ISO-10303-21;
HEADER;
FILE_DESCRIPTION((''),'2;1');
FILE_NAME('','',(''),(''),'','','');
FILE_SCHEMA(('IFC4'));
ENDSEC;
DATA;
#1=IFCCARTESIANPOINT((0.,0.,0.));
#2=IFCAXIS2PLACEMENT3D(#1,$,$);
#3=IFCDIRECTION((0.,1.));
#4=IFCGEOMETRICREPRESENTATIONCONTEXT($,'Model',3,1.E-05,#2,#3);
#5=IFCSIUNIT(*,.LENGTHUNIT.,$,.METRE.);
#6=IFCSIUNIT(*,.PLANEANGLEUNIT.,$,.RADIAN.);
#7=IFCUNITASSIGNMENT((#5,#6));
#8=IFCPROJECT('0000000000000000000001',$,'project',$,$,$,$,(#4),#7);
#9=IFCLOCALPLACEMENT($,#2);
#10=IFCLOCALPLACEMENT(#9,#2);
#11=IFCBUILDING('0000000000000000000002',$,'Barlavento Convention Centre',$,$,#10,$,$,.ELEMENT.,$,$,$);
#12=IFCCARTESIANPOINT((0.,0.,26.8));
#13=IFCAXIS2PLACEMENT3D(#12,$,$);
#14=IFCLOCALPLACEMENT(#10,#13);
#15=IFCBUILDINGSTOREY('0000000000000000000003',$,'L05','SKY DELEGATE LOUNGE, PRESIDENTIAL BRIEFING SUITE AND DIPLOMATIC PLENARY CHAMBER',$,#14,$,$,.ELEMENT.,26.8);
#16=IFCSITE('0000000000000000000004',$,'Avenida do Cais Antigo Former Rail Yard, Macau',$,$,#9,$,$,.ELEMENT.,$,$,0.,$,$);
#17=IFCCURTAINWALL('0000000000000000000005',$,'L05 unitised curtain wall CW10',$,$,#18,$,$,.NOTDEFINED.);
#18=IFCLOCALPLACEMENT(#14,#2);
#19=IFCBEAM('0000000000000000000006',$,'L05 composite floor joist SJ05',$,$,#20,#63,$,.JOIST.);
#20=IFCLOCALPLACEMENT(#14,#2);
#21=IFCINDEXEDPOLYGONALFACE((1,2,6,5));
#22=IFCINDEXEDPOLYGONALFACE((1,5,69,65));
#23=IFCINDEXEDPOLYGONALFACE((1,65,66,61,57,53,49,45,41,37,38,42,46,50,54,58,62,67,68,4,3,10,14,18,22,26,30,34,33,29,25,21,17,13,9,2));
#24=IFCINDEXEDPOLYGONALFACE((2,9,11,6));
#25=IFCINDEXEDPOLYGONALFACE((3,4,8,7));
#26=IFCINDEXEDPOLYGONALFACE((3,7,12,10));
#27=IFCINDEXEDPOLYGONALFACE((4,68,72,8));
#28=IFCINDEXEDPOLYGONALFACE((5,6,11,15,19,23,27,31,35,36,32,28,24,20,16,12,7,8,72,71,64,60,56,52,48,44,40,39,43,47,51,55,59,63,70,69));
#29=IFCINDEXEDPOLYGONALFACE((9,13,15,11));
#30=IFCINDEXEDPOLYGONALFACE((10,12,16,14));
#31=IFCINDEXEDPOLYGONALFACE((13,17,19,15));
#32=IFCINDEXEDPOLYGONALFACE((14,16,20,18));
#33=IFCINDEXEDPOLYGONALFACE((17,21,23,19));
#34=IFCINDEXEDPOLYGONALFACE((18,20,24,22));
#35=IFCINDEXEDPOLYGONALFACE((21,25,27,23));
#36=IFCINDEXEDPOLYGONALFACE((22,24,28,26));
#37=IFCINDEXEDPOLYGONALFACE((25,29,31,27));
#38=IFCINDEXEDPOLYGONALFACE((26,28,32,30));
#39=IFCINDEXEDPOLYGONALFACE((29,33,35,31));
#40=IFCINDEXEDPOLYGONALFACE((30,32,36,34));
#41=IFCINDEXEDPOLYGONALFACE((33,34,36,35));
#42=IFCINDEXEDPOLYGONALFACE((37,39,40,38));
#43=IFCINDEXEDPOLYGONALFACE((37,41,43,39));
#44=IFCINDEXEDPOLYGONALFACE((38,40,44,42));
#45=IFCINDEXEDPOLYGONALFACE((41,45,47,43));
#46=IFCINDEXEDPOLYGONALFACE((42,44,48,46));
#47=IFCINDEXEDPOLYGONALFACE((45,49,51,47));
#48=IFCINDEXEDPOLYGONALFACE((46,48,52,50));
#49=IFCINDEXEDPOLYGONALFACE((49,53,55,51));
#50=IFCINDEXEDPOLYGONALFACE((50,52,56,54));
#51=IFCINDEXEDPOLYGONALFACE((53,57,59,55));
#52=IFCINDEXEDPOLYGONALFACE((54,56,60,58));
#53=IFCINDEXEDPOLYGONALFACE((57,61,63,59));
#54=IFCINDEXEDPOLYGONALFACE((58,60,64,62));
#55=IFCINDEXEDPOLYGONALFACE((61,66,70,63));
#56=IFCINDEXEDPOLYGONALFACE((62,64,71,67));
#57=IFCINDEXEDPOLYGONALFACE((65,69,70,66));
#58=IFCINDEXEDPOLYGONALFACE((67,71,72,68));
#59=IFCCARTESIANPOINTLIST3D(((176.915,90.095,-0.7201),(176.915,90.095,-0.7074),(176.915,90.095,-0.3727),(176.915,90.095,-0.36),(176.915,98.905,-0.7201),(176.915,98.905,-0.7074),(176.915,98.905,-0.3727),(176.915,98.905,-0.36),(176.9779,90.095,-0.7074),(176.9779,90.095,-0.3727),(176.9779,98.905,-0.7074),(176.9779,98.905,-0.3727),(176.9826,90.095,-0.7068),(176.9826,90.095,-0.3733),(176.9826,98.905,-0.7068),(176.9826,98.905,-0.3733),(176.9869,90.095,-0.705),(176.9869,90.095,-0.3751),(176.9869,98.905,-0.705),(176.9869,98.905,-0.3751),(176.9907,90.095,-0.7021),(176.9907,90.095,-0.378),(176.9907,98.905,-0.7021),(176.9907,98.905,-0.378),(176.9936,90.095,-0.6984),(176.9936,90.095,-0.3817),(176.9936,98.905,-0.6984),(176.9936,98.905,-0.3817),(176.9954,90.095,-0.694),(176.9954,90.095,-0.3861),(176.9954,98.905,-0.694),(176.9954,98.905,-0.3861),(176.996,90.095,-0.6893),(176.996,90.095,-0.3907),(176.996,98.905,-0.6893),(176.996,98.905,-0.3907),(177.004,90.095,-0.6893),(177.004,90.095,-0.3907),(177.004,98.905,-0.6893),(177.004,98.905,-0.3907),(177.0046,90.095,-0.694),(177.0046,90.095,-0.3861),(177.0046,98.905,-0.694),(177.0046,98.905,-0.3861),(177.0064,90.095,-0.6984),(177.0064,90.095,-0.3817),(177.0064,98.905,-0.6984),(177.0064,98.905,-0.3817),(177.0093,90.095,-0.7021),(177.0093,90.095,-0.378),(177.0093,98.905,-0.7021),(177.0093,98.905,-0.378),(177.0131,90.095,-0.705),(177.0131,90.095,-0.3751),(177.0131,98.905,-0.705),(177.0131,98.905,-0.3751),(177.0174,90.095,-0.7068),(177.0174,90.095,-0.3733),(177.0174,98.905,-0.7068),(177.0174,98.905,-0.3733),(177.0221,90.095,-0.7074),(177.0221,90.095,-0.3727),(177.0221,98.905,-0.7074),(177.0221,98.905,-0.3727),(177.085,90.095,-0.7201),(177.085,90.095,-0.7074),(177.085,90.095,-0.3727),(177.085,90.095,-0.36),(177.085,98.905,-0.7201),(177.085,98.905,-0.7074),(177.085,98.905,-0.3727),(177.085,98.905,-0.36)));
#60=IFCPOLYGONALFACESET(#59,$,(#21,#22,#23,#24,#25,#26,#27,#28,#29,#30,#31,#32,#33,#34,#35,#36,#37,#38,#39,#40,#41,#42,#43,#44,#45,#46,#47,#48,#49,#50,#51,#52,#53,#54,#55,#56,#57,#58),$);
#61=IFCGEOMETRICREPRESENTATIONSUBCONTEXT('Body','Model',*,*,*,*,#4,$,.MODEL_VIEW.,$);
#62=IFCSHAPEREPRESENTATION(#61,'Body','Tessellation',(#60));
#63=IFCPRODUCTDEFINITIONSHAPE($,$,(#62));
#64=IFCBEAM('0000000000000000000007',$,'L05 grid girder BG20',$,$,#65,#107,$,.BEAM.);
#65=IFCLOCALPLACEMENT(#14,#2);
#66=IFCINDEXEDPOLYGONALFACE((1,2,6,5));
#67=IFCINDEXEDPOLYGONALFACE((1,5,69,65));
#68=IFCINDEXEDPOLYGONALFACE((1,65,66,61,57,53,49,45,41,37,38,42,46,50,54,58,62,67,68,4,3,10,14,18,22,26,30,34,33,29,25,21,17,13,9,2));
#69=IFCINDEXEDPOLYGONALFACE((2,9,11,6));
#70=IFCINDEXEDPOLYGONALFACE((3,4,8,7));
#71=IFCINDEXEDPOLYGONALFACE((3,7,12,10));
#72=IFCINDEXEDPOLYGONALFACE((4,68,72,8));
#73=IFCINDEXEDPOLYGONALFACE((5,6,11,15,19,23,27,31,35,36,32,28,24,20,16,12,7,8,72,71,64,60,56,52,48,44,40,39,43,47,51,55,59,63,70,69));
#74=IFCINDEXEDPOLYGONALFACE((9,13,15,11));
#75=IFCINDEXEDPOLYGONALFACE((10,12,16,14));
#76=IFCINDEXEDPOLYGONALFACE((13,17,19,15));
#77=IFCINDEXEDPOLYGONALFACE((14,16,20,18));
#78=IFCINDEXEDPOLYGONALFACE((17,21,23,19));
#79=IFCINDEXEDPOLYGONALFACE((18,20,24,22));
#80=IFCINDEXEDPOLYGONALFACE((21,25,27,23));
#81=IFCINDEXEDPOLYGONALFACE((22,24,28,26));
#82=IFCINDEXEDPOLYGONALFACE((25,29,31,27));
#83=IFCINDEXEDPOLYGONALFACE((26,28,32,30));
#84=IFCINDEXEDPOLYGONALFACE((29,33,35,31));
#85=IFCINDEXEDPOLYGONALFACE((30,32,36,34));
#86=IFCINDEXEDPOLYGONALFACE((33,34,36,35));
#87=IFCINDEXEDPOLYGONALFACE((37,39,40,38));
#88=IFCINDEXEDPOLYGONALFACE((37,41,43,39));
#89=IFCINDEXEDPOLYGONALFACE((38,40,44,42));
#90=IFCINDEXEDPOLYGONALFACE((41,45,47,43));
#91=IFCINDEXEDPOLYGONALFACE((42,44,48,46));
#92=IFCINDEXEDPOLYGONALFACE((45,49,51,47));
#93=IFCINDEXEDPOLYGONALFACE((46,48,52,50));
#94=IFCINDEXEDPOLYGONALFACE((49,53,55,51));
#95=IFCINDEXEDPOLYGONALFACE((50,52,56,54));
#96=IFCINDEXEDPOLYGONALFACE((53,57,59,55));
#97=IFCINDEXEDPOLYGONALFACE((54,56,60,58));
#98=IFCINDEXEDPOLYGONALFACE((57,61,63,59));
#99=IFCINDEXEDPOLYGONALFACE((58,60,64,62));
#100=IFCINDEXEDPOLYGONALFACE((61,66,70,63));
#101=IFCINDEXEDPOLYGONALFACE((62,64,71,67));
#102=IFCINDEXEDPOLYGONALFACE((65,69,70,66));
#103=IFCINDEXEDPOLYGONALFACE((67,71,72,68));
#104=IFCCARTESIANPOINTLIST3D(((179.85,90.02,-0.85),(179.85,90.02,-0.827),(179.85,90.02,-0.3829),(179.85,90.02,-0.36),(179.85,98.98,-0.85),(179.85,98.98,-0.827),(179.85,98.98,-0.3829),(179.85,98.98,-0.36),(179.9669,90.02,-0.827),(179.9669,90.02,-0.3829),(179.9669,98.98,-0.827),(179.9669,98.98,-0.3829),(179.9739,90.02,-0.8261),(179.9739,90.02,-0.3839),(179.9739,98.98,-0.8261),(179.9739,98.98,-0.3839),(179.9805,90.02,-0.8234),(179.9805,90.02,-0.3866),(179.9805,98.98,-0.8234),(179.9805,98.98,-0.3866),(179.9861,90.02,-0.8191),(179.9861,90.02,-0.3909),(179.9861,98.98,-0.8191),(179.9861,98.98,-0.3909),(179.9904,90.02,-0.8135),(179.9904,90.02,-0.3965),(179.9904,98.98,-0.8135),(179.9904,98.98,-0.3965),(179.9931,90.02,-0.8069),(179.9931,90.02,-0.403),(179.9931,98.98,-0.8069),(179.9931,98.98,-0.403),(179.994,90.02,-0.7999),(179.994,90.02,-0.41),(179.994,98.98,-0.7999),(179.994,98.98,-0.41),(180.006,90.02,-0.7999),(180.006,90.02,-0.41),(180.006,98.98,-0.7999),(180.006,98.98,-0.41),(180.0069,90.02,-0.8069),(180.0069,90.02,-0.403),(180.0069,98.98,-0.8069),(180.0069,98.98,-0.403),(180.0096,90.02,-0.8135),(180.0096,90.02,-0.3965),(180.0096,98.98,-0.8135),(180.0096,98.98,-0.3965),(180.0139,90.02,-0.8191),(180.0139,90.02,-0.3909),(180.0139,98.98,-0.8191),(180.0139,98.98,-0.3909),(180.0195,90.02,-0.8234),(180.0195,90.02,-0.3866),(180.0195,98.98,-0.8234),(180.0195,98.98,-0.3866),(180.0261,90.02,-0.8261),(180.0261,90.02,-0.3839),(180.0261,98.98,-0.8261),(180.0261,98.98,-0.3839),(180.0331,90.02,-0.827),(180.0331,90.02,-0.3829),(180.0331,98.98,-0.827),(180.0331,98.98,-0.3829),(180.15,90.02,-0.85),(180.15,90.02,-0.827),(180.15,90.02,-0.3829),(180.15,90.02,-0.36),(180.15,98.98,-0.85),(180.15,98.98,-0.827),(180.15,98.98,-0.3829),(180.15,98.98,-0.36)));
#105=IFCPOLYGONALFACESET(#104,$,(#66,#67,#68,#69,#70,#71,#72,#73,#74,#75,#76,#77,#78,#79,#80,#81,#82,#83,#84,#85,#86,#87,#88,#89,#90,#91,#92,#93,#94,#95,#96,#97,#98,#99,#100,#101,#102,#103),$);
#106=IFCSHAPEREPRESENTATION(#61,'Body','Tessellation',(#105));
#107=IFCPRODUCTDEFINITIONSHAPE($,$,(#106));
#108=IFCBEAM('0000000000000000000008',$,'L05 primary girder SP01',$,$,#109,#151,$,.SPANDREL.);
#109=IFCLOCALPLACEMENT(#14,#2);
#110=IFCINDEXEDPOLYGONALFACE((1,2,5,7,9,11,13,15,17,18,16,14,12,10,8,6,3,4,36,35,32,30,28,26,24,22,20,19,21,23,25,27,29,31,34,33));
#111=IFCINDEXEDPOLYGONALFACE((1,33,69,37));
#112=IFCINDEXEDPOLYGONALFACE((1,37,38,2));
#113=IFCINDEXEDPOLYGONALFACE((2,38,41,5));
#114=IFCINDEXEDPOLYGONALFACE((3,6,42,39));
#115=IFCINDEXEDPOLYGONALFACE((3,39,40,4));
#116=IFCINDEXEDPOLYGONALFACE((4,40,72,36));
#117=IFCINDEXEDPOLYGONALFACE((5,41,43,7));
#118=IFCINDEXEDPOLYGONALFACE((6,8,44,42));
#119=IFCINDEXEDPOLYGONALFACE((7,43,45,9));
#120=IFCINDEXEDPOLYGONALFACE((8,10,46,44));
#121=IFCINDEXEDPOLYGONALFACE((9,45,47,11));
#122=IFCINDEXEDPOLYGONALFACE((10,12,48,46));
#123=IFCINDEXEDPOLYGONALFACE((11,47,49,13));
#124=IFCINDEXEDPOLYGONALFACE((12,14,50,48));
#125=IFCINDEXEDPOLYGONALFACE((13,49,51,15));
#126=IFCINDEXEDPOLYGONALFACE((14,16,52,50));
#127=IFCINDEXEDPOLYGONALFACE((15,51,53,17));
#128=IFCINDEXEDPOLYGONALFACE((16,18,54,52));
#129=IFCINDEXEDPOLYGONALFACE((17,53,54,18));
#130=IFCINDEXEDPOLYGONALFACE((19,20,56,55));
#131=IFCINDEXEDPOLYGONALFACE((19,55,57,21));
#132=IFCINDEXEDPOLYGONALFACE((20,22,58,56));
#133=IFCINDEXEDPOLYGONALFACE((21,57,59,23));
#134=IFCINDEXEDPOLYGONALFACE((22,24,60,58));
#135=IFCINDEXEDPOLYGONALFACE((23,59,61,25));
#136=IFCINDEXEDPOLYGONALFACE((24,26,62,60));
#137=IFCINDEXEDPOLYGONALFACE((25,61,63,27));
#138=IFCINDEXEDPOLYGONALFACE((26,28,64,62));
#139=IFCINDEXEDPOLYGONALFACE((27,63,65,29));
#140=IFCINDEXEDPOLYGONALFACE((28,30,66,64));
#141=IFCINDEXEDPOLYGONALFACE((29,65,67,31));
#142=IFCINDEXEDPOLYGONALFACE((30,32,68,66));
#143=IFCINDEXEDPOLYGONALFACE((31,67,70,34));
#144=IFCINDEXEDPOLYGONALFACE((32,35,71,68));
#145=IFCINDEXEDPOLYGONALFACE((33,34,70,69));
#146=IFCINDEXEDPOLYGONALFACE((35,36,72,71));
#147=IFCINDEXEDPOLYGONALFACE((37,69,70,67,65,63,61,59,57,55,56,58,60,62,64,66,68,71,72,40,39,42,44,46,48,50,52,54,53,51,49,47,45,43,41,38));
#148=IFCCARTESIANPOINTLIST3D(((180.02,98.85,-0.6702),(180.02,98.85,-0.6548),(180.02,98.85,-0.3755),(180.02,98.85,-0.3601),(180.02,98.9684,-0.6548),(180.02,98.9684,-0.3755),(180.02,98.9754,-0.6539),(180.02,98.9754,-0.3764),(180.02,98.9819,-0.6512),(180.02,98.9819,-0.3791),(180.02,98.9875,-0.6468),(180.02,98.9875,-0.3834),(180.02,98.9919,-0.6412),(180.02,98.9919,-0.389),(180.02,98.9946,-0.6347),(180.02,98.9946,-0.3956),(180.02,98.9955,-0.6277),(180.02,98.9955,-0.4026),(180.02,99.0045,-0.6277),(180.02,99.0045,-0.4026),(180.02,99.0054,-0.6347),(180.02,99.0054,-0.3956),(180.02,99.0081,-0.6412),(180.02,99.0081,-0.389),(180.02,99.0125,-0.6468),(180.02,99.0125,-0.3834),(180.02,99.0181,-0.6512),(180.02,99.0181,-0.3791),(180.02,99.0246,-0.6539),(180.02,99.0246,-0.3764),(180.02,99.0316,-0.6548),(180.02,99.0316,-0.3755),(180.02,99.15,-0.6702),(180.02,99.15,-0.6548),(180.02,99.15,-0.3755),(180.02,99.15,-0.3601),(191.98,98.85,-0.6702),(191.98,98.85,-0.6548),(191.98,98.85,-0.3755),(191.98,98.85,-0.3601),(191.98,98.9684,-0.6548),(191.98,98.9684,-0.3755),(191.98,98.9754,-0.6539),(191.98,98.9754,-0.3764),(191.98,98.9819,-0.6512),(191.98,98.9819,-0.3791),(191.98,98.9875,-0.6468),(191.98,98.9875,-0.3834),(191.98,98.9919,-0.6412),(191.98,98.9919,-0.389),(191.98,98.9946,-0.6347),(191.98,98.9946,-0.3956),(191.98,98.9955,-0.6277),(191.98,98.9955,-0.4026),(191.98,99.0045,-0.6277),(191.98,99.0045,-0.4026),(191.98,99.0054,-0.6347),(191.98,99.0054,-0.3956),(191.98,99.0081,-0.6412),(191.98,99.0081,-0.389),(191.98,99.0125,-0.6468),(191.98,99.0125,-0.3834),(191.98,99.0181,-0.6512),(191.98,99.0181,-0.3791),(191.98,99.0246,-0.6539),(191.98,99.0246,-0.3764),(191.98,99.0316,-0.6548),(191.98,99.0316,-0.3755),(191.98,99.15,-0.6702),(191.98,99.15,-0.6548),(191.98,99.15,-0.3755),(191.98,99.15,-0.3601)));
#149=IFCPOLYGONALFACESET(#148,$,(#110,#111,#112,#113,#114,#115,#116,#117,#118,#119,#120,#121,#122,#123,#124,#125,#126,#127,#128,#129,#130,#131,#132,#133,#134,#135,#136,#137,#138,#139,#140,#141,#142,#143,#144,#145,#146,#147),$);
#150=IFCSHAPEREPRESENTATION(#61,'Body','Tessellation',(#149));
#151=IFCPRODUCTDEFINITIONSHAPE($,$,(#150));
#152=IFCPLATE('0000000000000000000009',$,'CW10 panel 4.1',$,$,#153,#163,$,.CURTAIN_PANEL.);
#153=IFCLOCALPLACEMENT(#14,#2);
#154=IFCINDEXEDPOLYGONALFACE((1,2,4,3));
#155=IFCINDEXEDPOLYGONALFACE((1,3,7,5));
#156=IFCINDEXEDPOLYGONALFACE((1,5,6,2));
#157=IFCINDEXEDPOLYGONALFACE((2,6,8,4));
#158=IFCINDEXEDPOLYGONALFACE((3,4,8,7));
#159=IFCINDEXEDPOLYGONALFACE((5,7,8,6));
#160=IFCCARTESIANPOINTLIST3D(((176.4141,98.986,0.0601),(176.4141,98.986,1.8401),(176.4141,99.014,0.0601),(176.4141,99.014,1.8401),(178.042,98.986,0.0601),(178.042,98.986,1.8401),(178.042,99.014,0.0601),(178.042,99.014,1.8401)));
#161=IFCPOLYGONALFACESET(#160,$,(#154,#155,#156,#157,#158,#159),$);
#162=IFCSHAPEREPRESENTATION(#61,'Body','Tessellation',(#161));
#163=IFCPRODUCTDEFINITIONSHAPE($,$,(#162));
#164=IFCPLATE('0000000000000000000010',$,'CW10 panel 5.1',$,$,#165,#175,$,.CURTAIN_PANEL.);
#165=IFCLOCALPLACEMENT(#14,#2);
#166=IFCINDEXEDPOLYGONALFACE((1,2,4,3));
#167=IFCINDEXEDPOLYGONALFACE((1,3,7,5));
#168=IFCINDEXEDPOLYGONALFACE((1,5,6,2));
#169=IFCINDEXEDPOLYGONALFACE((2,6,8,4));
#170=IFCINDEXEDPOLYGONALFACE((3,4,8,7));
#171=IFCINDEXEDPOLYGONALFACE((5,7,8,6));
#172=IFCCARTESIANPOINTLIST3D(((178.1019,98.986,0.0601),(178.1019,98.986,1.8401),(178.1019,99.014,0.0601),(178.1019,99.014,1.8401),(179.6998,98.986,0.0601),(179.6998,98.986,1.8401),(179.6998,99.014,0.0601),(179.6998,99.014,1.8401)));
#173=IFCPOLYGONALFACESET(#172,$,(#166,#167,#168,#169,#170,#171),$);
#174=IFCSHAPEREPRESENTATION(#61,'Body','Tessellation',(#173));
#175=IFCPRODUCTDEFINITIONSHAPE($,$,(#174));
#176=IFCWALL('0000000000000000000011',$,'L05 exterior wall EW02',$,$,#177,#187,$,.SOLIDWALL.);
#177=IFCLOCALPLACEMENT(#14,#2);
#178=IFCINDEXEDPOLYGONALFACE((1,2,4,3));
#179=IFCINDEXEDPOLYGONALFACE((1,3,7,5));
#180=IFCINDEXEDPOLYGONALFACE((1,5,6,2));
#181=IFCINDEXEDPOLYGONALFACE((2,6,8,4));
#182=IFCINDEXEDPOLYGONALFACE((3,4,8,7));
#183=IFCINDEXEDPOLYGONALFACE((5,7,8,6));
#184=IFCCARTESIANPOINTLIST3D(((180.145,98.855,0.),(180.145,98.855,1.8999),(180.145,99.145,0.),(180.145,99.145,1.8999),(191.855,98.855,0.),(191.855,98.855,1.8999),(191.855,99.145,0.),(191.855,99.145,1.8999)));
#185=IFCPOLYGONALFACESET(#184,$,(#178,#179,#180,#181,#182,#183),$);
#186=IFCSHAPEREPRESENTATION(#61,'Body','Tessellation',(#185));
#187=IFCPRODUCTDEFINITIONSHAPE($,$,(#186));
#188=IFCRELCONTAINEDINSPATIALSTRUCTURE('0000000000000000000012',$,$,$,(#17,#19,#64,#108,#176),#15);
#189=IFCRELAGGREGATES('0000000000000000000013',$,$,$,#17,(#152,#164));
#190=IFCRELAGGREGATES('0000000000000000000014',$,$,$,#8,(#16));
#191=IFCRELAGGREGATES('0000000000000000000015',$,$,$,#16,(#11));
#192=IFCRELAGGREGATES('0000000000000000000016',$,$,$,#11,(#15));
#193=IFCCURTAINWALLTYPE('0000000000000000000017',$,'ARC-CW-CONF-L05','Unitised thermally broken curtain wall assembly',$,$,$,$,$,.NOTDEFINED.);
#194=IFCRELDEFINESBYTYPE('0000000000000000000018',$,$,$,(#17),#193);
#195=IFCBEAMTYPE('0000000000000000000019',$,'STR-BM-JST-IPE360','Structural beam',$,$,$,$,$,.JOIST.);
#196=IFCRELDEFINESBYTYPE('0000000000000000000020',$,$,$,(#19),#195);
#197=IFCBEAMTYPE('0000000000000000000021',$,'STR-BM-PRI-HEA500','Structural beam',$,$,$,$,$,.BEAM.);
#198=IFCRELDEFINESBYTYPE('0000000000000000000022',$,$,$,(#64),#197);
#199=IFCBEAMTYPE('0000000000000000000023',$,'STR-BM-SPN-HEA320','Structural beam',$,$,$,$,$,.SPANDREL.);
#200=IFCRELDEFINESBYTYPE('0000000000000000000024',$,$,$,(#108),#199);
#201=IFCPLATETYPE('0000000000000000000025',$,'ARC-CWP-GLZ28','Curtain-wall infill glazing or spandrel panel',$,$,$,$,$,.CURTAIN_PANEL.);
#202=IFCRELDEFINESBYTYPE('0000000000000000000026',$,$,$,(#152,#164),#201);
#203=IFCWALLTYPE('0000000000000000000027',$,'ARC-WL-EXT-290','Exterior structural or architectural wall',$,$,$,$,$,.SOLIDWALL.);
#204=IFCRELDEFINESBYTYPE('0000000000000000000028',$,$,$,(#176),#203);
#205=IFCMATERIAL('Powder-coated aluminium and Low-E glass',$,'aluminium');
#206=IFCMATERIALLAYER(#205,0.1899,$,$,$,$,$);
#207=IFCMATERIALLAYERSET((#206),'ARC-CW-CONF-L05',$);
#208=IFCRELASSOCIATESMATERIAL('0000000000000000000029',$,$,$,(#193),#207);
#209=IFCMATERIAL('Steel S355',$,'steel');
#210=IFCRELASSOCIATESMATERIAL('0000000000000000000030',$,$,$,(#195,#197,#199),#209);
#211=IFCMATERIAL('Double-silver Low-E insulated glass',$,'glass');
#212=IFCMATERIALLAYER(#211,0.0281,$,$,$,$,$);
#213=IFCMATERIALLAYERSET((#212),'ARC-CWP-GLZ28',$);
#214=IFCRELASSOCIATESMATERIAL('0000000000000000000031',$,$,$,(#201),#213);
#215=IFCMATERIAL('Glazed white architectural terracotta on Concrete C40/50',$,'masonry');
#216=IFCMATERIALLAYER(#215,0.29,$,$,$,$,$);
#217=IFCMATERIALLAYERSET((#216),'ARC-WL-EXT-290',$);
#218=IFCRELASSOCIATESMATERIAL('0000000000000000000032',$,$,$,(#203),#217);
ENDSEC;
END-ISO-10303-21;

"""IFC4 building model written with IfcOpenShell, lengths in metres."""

from ifc_helpers import new_model, si_unit, direction, frame, frame_2d, origin, origin_2d, place, context, subcontext, project, spatial, rectangle, i_section, extrude, material, layer, layer_set, material_profile, profile_set, type_object, element, aggregate, save


model = new_model("IFC4")

# Units and contexts
model_context = context("Model", 3, precision=1e-05, world=origin(), true_north=direction((0.0, 1.0)))
body_context = subcontext(model_context, "Body", "Model", "MODEL_VIEW")
ifc_project = project(units=[si_unit("LENGTHUNIT", "METRE"), si_unit("PLANEANGLEUNIT", "RADIAN")], contexts=[model_context])

# Site, building, storey
site_placement = place(None, origin())
site = spatial("IfcSite", under=ifc_project, at=site_placement, Name="Avenida do Cais Antigo Former Rail Yard, Macau", CompositionType="ELEMENT", RefElevation=0.0)
building_placement = place(site_placement, origin())
building = spatial("IfcBuilding", under=site, at=building_placement, Name="Barlavento Convention Centre", CompositionType="ELEMENT")
storey_placement = place(building_placement, frame((0.0, 0.0, 26.8)))
storey = spatial("IfcBuildingStorey", under=building, at=storey_placement, Name="L05", Description="SKY DELEGATE LOUNGE, PRESIDENTIAL BRIEFING SUITE AND DIPLOMATIC PLENARY CHAMBER", CompositionType="ELEMENT", Elevation=26.8)

# Shared definitions
ifc_material_1 = material(Name="Steel S355", Category="steel")

# Curtain wall
ifc_material_2 = material(Name="Powder-coated aluminium and Low-E glass", Category="aluminium")
ifc_layer_1 = layer(ifc_material_2, 0.1899)
ifc_layer_set_1 = layer_set([ifc_layer_1], Name="ARC-CW-CONF-L05")
curtain_wall_type = type_object("IfcCurtainWallType", Name="ARC-CW-CONF-L05", Description="Unitised thermally broken curtain wall assembly", PredefinedType="NOTDEFINED", material=ifc_layer_set_1)
curtain_wall_placement = place(storey_placement, origin())
curtain_wall = element("IfcCurtainWall", 1, at=curtain_wall_placement, inside=storey, type_object=curtain_wall_type, Name="L05 unitised curtain wall CW10", PredefinedType="NOTDEFINED")

# Beams
ifc_material_profile_1 = material_profile(ifc_material_1, i_section(OverallWidth=0.1699, OverallDepth=0.3601, WebThickness=0.0081, FlangeThickness=0.0127, FilletRadius=0.0181, at=origin_2d()), Name="IPE 360")
ifc_profile_set_1 = profile_set([ifc_material_profile_1], Name="Steel S355")
beam_type_1 = type_object("IfcBeamType", Name="STR-BM-JST-IPE360", Description="Structural beam", PredefinedType="JOIST", material=ifc_profile_set_1)
beam_1_placement = place(storey_placement, frame((177.0, 90.095, -0.54), z_axis=(0.0, 1.0, 0.0), x_axis=(-1.0, 0.0, 0.0)))
element("IfcBeam", 2, at=beam_1_placement, inside=storey, type_object=beam_type_1, Name="L05 composite floor joist SJ05", PredefinedType="JOIST", context=body_context, shape_type="SweptSolid", body=[
    extrude(i_section(OverallWidth=0.1699, OverallDepth=0.3601, WebThickness=0.0081, FlangeThickness=0.0127, FilletRadius=0.0181, at=origin_2d()), origin(), (0.0, 0.0, 1.0), 8.8101),
])
ifc_material_profile_2 = material_profile(ifc_material_1, i_section(OverallWidth=0.3, OverallDepth=0.49, WebThickness=0.012, FlangeThickness=0.0229, FilletRadius=0.0271, at=origin_2d()), Name="HEA 500")
ifc_profile_set_2 = profile_set([ifc_material_profile_2], Name="Steel S355")
beam_type_2 = type_object("IfcBeamType", Name="STR-BM-PRI-HEA500", Description="Structural beam", PredefinedType="BEAM", material=ifc_profile_set_2)
beam_2_placement = place(storey_placement, frame((180.0, 90.02, -0.605), z_axis=(0.0, 1.0, 0.0), x_axis=(-1.0, 0.0, 0.0)))
element("IfcBeam", 3, at=beam_2_placement, inside=storey, type_object=beam_type_2, Name="L05 grid girder BG20", PredefinedType="BEAM", context=body_context, shape_type="SweptSolid", body=[
    extrude(i_section(OverallWidth=0.3, OverallDepth=0.49, WebThickness=0.012, FlangeThickness=0.0229, FilletRadius=0.0271, at=origin_2d()), origin(), (0.0, 0.0, 1.0), 8.96),
])
ifc_material_profile_3 = material_profile(ifc_material_1, i_section(OverallWidth=0.3, OverallDepth=0.3101, WebThickness=0.009, FlangeThickness=0.0154, FilletRadius=0.0271, at=origin_2d()), Name="HEA 320")
ifc_profile_set_3 = profile_set([ifc_material_profile_3], Name="Steel S355")
beam_type_3 = type_object("IfcBeamType", Name="STR-BM-SPN-HEA320", Description="Structural beam", PredefinedType="SPANDREL", material=ifc_profile_set_3)
beam_3_placement = place(storey_placement, frame((180.02, 99.0, -0.5151), z_axis=(1.0, 0.0, 0.0), x_axis=(0.0, 1.0, 0.0)))
element("IfcBeam", 4, at=beam_3_placement, inside=storey, type_object=beam_type_3, Name="L05 primary girder SP01", PredefinedType="SPANDREL", context=body_context, shape_type="SweptSolid", body=[
    extrude(i_section(OverallWidth=0.3, OverallDepth=0.3101, WebThickness=0.009, FlangeThickness=0.0154, FilletRadius=0.0271, at=origin_2d()), origin(), (0.0, 0.0, 1.0), 11.96),
])

# Plates
ifc_material_3 = material(Name="Double-silver Low-E insulated glass", Category="glass")
ifc_layer_2 = layer(ifc_material_3, 0.0281)
ifc_layer_set_2 = layer_set([ifc_layer_2], Name="ARC-CWP-GLZ28")
plate_type = type_object("IfcPlateType", Name="ARC-CWP-GLZ28", Description="Curtain-wall infill glazing or spandrel panel", PredefinedType="CURTAIN_PANEL", material=ifc_layer_set_2)
plate_1_placement = place(storey_placement, frame((177.228, 99.0, 0.0601), z_axis=(0.0, 0.0, 1.0), x_axis=(1.0, 0.0, 0.0)))
plate_1 = element("IfcPlate", 5, at=plate_1_placement, type_object=plate_type, Name="CW10 panel 4.1", PredefinedType="CURTAIN_PANEL", context=body_context, shape_type="SweptSolid", body=[
    extrude(rectangle(XDim=1.6279, YDim=0.0281, at=origin_2d()), origin(), (0.0, 0.0, 1.0), 1.78),
])
plate_2_placement = place(storey_placement, frame((178.9009, 99.0, 0.0601), z_axis=(0.0, 0.0, 1.0), x_axis=(1.0, 0.0, 0.0)))
plate_2 = element("IfcPlate", 6, at=plate_2_placement, type_object=plate_type, Name="CW10 panel 5.1", PredefinedType="CURTAIN_PANEL", context=body_context, shape_type="SweptSolid", body=[
    extrude(rectangle(XDim=1.5979, YDim=0.0281, at=origin_2d()), origin(), (0.0, 0.0, 1.0), 1.78),
])
aggregate(curtain_wall, [plate_1, plate_2])

# Wall
ifc_material_4 = material(Name="Glazed white architectural terracotta on Concrete C40/50", Category="masonry")
ifc_layer_3 = layer(ifc_material_4, 0.29)
ifc_layer_set_3 = layer_set([ifc_layer_3], Name="ARC-WL-EXT-290")
wall_type_1 = type_object("IfcWallType", Name="ARC-WL-EXT-290", Description="Exterior structural or architectural wall", PredefinedType="SOLIDWALL", material=ifc_layer_set_3)
wall_1_placement = place(storey_placement, frame((180.145, 99.0, 0.0), z_axis=(0.0, 0.0, 1.0), x_axis=(1.0, 0.0, 0.0)))
element("IfcWall", 7, at=wall_1_placement, inside=storey, type_object=wall_type_1, Name="L05 exterior wall EW02", PredefinedType="SOLIDWALL", context=body_context, shape_type="SweptSolid", body=[
    extrude(rectangle(XDim=11.71, YDim=0.29, at=frame_2d((5.855, 0.0))), origin(), (0.0, 0.0, 1.0), 1.8999),
])

save(model, "model.ifc")
